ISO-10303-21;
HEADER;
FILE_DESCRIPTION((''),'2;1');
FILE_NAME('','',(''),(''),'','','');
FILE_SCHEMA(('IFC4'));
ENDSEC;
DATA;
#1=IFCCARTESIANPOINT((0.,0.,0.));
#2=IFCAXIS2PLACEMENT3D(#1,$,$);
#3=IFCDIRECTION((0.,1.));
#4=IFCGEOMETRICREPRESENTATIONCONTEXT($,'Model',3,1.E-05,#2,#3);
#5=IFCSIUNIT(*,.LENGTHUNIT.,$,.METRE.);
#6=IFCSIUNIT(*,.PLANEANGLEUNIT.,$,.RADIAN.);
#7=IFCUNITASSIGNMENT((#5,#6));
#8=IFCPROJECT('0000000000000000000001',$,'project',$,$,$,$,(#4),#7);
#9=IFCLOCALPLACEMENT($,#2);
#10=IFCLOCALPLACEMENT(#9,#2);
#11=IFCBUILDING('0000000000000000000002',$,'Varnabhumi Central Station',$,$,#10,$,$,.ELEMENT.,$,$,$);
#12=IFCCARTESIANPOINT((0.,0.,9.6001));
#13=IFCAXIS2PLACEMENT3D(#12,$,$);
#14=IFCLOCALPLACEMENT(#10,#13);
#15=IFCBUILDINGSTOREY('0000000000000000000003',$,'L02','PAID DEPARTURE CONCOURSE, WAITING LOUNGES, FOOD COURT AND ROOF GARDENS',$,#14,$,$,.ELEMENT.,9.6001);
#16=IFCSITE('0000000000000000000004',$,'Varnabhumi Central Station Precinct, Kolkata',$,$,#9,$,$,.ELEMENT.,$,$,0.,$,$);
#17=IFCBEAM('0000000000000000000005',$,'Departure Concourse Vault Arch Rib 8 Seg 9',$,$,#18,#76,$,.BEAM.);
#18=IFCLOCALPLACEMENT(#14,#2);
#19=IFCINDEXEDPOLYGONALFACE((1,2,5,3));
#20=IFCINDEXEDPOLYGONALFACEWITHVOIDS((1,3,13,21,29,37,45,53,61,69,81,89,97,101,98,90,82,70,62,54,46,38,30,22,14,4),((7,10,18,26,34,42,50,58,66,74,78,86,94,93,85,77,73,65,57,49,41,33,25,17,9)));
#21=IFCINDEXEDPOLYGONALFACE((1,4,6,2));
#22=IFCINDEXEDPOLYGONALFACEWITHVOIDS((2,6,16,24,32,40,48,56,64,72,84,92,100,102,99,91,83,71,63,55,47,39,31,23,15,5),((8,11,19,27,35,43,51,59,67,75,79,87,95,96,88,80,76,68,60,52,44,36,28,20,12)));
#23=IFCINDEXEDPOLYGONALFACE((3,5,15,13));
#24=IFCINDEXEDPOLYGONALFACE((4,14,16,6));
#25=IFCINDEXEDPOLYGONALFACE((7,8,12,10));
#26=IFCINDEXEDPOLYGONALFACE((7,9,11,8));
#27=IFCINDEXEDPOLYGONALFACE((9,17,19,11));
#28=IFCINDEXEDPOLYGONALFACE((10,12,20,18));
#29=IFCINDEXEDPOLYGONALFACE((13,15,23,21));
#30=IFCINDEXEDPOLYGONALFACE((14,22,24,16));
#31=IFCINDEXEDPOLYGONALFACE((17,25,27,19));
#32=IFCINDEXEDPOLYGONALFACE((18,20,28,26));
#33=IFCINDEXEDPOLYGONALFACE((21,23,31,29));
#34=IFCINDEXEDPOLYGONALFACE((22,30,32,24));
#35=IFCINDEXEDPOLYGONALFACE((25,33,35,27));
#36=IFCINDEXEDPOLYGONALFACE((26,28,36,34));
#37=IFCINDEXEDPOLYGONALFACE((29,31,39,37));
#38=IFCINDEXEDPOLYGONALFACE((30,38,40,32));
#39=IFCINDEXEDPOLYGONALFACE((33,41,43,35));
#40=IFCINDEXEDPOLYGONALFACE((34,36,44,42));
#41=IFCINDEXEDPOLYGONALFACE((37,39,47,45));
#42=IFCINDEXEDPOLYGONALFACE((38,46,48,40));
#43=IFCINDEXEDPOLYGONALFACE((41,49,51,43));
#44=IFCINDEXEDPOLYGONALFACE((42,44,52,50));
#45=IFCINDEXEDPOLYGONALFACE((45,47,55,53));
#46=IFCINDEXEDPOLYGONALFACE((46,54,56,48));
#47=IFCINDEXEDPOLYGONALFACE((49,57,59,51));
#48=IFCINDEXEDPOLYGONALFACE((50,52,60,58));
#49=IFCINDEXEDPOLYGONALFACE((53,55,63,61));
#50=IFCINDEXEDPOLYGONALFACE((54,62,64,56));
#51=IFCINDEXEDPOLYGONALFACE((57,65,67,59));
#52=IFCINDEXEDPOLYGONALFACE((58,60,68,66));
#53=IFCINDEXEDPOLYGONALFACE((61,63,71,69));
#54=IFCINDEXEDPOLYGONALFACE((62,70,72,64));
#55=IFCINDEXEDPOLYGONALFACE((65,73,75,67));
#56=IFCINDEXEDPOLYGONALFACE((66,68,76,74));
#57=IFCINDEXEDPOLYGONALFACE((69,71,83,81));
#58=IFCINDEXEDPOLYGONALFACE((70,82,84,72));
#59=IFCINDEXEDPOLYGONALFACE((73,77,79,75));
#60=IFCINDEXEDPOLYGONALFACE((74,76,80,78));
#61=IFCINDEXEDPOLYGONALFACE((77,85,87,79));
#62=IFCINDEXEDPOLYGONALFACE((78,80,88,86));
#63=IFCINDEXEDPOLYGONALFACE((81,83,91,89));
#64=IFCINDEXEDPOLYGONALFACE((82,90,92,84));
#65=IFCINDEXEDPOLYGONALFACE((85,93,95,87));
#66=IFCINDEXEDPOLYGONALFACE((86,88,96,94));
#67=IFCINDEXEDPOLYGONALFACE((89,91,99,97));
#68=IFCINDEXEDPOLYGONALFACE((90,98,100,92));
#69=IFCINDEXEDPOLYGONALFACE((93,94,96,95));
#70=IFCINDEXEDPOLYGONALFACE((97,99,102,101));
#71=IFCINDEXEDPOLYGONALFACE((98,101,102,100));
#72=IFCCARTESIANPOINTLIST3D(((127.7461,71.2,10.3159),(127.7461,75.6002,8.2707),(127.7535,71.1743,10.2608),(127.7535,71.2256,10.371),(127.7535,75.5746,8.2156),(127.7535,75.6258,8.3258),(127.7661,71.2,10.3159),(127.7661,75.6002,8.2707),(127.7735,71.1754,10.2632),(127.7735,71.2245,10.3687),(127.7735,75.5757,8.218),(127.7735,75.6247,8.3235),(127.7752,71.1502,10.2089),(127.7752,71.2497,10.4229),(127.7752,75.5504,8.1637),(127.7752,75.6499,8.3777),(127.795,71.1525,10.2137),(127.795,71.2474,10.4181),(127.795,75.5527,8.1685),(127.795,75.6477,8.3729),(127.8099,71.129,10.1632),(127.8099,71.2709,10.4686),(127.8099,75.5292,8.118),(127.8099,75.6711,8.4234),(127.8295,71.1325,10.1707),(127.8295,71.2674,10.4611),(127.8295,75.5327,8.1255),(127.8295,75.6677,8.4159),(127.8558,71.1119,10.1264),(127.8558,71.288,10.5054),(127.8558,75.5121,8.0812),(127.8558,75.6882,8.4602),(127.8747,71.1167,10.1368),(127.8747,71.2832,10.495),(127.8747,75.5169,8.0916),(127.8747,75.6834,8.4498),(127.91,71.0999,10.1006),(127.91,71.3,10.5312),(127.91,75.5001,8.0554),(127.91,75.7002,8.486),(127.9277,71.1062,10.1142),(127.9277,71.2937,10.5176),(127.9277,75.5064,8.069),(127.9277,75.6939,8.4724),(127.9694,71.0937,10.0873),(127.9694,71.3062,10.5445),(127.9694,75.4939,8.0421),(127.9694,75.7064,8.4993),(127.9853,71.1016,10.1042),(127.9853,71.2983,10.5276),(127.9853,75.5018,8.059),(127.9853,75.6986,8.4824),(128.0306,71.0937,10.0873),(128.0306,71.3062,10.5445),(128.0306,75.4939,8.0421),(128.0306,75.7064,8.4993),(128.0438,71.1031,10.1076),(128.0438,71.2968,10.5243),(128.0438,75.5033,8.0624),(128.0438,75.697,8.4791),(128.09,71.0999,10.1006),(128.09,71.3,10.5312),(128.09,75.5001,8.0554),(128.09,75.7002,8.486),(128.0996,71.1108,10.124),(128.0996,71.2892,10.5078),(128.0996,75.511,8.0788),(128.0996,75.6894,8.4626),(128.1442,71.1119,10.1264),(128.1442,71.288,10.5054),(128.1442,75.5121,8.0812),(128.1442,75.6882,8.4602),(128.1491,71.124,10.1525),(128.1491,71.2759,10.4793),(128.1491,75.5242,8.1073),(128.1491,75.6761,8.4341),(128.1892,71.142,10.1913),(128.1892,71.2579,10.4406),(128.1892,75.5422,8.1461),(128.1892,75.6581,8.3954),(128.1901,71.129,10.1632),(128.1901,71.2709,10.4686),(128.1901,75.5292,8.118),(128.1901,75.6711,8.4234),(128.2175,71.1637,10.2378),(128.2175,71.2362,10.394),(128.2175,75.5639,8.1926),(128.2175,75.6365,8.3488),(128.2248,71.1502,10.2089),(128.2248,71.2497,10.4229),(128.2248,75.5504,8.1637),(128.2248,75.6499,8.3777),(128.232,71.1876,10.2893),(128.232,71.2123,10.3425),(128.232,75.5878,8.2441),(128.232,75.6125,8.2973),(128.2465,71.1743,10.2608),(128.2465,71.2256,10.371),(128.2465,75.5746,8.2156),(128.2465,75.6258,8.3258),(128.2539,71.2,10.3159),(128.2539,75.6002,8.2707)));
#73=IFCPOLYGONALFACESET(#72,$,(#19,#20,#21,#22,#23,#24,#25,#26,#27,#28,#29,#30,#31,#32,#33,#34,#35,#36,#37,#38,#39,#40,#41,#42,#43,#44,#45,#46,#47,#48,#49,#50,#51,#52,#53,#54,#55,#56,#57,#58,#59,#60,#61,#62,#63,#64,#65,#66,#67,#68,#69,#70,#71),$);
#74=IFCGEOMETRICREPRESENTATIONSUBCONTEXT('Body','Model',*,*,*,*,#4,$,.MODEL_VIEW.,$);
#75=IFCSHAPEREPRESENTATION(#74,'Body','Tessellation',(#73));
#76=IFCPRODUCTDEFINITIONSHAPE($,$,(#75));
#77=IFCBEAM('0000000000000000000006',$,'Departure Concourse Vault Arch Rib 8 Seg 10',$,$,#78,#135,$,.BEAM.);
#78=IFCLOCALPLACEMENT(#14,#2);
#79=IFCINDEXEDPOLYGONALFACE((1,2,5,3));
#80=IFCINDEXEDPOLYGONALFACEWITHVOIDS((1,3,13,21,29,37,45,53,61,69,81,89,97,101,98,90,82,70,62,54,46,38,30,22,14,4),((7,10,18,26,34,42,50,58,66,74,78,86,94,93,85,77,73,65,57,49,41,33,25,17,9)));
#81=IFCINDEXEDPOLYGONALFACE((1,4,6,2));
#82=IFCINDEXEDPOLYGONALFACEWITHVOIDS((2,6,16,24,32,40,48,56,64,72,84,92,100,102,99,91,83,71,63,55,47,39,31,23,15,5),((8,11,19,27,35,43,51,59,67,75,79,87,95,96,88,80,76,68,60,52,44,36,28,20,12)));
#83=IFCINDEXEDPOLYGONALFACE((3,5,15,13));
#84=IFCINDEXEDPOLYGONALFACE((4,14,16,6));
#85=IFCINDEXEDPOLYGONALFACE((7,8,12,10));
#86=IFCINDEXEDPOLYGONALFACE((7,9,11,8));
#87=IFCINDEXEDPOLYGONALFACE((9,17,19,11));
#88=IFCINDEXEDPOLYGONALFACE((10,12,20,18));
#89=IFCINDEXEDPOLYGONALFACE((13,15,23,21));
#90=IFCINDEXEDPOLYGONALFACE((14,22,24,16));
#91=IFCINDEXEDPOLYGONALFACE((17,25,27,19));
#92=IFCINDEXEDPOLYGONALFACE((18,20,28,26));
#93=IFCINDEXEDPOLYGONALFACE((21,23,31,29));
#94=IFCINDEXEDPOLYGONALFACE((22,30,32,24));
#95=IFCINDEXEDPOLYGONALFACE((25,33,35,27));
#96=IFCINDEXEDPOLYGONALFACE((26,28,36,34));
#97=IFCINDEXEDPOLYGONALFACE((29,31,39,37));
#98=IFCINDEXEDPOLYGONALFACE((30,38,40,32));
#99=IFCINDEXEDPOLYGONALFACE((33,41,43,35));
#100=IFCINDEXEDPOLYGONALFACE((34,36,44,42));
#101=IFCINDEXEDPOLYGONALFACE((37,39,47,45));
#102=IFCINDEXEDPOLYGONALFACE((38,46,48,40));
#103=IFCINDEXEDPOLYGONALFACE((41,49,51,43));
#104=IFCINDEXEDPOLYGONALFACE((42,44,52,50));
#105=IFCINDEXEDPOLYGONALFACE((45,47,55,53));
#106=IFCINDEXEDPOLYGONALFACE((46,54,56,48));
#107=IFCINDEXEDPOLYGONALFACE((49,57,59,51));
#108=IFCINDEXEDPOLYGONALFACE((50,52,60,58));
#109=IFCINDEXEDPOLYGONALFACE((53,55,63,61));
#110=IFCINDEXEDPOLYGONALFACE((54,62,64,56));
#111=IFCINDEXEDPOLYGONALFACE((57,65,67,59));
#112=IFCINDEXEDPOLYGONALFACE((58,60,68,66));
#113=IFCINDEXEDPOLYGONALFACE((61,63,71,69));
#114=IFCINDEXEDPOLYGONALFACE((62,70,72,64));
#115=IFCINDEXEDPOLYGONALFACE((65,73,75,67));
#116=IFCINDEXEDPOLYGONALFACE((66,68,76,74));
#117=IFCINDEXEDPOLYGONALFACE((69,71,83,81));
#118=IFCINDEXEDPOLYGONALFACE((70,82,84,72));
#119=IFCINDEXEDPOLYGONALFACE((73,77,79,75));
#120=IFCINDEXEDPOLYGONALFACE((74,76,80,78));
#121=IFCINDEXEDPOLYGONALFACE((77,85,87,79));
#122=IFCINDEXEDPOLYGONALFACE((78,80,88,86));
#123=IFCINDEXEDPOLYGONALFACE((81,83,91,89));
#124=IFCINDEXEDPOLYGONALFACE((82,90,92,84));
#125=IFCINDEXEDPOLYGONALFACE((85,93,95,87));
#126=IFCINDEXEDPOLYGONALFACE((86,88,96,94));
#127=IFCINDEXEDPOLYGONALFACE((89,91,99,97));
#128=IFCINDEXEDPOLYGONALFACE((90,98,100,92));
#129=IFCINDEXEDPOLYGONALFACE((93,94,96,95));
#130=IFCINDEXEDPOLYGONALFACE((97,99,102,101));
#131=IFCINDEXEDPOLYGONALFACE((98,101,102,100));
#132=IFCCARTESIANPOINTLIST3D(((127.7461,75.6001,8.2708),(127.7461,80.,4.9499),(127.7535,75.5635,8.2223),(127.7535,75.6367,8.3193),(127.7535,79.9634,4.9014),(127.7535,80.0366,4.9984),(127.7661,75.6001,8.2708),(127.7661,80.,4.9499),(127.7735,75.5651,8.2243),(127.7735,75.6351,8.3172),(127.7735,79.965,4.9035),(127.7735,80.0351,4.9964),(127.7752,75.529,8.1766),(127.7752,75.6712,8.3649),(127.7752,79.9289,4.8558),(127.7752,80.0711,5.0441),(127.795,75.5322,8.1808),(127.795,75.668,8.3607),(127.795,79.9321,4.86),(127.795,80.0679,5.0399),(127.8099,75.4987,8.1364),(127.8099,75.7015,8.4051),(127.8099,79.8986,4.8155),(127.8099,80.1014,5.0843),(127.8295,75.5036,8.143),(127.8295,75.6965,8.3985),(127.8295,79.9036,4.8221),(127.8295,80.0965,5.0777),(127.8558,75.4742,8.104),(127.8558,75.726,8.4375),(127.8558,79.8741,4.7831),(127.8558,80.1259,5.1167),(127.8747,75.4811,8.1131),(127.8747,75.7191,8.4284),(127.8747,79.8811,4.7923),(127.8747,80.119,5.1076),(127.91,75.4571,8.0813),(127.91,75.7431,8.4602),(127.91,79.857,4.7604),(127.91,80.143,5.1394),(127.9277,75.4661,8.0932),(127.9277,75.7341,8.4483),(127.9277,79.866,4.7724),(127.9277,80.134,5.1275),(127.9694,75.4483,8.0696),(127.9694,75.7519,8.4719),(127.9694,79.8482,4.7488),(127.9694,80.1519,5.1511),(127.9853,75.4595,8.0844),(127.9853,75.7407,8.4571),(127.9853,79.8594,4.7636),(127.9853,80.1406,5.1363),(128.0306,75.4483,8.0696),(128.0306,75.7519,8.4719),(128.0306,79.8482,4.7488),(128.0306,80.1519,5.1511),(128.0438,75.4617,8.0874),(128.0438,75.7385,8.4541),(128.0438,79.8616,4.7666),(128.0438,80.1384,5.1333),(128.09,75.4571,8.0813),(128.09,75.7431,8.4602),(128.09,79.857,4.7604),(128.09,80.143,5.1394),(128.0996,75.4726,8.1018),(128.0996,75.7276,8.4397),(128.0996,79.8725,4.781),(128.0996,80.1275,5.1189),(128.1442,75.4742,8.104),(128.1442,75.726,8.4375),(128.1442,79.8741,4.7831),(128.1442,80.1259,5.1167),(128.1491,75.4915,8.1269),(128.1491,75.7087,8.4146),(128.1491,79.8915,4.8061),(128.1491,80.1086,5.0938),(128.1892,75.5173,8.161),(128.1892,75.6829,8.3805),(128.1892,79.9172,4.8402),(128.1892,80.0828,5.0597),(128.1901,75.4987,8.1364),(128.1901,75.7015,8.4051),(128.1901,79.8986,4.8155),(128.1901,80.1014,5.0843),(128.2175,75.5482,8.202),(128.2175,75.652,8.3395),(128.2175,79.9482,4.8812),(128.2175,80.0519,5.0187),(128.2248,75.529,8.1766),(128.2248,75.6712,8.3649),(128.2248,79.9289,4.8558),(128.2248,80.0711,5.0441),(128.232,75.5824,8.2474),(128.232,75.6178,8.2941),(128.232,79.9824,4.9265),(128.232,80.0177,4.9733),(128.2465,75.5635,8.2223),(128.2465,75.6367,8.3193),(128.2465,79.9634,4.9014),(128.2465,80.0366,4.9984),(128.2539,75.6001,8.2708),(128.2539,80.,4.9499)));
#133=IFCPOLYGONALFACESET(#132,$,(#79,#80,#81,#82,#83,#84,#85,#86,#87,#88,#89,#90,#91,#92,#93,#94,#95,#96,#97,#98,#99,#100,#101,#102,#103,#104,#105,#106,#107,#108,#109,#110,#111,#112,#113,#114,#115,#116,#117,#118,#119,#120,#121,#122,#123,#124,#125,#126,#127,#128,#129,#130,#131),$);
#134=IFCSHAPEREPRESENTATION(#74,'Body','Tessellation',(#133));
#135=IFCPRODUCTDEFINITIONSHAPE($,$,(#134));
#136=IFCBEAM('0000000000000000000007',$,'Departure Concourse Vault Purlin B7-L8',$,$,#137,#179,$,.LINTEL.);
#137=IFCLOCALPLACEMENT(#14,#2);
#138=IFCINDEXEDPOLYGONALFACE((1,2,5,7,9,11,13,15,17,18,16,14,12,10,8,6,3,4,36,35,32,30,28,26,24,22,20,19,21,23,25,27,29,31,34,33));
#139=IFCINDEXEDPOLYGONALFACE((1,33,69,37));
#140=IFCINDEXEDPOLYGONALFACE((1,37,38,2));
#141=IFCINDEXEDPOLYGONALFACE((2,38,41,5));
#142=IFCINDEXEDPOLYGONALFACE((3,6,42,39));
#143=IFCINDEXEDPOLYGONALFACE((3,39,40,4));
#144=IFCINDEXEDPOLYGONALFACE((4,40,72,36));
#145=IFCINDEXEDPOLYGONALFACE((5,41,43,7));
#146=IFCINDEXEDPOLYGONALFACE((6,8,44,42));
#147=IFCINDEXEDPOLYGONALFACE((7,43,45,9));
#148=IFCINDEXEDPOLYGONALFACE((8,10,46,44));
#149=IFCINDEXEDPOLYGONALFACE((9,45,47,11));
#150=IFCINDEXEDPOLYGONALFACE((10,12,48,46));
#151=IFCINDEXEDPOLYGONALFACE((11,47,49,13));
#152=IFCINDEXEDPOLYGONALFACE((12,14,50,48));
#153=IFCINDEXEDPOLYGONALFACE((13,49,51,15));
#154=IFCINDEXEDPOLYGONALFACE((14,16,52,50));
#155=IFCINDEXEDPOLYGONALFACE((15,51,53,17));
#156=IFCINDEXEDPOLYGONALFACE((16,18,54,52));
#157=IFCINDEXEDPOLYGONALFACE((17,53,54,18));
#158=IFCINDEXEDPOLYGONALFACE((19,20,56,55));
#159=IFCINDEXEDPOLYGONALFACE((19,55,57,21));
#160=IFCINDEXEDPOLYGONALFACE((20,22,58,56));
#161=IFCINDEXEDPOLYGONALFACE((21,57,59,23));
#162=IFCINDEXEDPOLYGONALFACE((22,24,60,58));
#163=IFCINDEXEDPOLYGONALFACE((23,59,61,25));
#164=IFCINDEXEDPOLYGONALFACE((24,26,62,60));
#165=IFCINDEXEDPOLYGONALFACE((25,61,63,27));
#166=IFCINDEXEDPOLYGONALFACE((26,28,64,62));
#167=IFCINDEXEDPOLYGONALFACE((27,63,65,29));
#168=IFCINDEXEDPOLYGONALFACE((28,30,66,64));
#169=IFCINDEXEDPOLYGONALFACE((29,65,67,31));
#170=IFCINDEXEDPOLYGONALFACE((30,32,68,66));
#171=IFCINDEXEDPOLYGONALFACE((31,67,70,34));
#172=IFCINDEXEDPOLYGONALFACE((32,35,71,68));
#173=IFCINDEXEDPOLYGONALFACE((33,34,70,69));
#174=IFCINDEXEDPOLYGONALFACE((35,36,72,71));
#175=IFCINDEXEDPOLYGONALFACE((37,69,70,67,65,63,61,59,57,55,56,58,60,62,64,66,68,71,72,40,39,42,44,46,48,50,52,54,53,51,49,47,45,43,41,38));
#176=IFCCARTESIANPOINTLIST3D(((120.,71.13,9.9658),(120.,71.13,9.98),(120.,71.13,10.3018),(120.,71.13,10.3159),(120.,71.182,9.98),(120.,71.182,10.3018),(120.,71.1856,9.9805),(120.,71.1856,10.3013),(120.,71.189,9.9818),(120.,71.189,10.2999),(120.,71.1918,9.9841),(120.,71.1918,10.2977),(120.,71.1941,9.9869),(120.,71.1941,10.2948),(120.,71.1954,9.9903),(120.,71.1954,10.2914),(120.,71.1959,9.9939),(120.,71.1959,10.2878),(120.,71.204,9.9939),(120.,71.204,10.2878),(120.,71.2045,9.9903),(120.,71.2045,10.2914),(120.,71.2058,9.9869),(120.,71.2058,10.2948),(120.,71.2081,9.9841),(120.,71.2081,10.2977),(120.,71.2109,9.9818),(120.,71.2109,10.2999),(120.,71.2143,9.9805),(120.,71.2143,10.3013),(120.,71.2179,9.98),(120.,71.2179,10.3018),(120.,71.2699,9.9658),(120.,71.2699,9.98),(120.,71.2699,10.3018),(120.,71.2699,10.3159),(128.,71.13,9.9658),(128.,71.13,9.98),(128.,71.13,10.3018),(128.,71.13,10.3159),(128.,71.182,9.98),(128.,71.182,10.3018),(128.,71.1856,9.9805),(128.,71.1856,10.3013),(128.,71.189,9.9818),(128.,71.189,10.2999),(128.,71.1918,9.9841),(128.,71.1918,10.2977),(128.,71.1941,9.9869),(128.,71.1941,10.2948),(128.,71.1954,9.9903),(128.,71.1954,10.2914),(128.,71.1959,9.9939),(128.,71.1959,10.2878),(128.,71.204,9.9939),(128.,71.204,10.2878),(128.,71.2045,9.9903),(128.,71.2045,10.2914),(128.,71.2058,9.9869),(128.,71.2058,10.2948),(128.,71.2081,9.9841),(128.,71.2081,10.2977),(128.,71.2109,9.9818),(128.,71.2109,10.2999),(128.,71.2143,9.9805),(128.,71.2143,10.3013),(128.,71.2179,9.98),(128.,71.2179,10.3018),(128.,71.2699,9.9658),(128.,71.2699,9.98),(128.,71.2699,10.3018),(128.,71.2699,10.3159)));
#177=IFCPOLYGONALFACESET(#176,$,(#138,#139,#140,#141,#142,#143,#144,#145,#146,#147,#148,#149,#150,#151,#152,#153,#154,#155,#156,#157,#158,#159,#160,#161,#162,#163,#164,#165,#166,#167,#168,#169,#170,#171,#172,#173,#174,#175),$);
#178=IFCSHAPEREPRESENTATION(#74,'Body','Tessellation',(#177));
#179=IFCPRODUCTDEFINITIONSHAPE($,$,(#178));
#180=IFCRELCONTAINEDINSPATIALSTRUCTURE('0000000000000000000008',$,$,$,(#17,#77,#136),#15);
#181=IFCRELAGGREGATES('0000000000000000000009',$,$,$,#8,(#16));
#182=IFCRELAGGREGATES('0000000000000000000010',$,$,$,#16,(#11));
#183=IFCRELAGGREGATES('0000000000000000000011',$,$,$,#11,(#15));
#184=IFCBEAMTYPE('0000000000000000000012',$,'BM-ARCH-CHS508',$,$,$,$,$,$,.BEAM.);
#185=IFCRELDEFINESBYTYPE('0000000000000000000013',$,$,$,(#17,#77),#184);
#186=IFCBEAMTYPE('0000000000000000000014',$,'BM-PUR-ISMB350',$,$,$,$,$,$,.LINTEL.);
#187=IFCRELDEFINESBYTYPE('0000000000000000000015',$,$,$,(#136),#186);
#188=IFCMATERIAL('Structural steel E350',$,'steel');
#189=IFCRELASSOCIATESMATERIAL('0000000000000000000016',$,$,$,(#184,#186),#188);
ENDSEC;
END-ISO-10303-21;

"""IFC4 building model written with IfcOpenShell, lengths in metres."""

from ifc_helpers import new_model, si_unit, direction, frame, origin, origin_2d, place, context, subcontext, project, spatial, hollow_circle, i_section, extrude, material, material_profile, profile_set, type_object, element, save


model = new_model("IFC4")

# Units and contexts
model_context = context("Model", 3, precision=1e-05, world=origin(), true_north=direction((0.0, 1.0)))
body_context = subcontext(model_context, "Body", "Model", "MODEL_VIEW")
ifc_project = project(units=[si_unit("LENGTHUNIT", "METRE"), si_unit("PLANEANGLEUNIT", "RADIAN")], contexts=[model_context])

# Site, building, storey
site_placement = place(None, origin())
site = spatial("IfcSite", under=ifc_project, at=site_placement, Name="Varnabhumi Central Station Precinct, Kolkata", CompositionType="ELEMENT", RefElevation=0.0)
building_placement = place(site_placement, origin())
building = spatial("IfcBuilding", under=site, at=building_placement, Name="Varnabhumi Central Station", CompositionType="ELEMENT")
storey_placement = place(building_placement, frame((0.0, 0.0, 9.6001)))
storey = spatial("IfcBuildingStorey", under=building, at=storey_placement, Name="L02", Description="PAID DEPARTURE CONCOURSE, WAITING LOUNGES, FOOD COURT AND ROOF GARDENS", CompositionType="ELEMENT", Elevation=9.6001)

# Beams
ifc_material_1 = material(Name="Structural steel E350", Category="steel")
ifc_material_profile_1 = material_profile(ifc_material_1, hollow_circle(Radius=0.2539, WallThickness=0.02, at=origin_2d()), Name="Structural steel E350", Category="steel")
ifc_profile_set_1 = profile_set([ifc_material_profile_1], Name="Structural steel E350")
beam_type_1 = type_object("IfcBeamType", Name="BM-ARCH-CHS508", PredefinedType="BEAM", material=ifc_profile_set_1)
beam_1_placement = place(storey_placement, frame((128.0, 71.2, 10.3159), z_axis=(0.0, 0.906832, -0.421491), x_axis=(-1.0, 0.0, 0.0)))
element("IfcBeam", 1, at=beam_1_placement, inside=storey, type_object=beam_type_1, Name="Departure Concourse Vault Arch Rib 8 Seg 9", PredefinedType="BEAM", context=body_context, shape_type="SweptSolid", body=[
    extrude(hollow_circle(Radius=0.2539, WallThickness=0.02, at=origin_2d()), origin(), (0.0, 0.0, 1.0), 4.8523),
])
beam_2_placement = place(storey_placement, frame((128.0, 75.6001, 8.2708), z_axis=(0.0, 0.798179, -0.602421), x_axis=(-1.0, 0.0, 0.0)))
element("IfcBeam", 2, at=beam_2_placement, inside=storey, type_object=beam_type_1, Name="Departure Concourse Vault Arch Rib 8 Seg 10", PredefinedType="BEAM", context=body_context, shape_type="SweptSolid", body=[
    extrude(hollow_circle(Radius=0.2539, WallThickness=0.02, at=origin_2d()), origin(), (0.0, 0.0, 1.0), 5.5125),
])
ifc_material_profile_2 = material_profile(ifc_material_1, i_section(OverallWidth=0.1399, OverallDepth=0.3501, WebThickness=0.0081, FlangeThickness=0.0142, FilletRadius=0.0139, at=origin_2d()), Name="Structural steel E350", Category="steel")
ifc_profile_set_2 = profile_set([ifc_material_profile_2], Name="Structural steel E350")
beam_type_2 = type_object("IfcBeamType", Name="BM-PUR-ISMB350", PredefinedType="LINTEL", material=ifc_profile_set_2)
for number, where, z_axis, x_axis, name in (
    (3, (120.0, 71.2, 10.1409), (1.0, 0.0, 0.0), (0.0, 1.0, 0.0), "Departure Concourse Vault Purlin B7-L8"),
):
    element("IfcBeam", number, at=place(storey_placement, frame(where, z_axis=z_axis, x_axis=x_axis)), inside=storey, type_object=beam_type_2, Name=name, PredefinedType="LINTEL", context=body_context, shape_type="SweptSolid", body=[
        extrude(i_section(OverallWidth=0.1399, OverallDepth=0.3501, WebThickness=0.0081, FlangeThickness=0.0142, FilletRadius=0.0139, at=origin_2d()), origin(), (0.0, 0.0, 1.0), 8.0),
    ])

save(model, "model.ifc")
